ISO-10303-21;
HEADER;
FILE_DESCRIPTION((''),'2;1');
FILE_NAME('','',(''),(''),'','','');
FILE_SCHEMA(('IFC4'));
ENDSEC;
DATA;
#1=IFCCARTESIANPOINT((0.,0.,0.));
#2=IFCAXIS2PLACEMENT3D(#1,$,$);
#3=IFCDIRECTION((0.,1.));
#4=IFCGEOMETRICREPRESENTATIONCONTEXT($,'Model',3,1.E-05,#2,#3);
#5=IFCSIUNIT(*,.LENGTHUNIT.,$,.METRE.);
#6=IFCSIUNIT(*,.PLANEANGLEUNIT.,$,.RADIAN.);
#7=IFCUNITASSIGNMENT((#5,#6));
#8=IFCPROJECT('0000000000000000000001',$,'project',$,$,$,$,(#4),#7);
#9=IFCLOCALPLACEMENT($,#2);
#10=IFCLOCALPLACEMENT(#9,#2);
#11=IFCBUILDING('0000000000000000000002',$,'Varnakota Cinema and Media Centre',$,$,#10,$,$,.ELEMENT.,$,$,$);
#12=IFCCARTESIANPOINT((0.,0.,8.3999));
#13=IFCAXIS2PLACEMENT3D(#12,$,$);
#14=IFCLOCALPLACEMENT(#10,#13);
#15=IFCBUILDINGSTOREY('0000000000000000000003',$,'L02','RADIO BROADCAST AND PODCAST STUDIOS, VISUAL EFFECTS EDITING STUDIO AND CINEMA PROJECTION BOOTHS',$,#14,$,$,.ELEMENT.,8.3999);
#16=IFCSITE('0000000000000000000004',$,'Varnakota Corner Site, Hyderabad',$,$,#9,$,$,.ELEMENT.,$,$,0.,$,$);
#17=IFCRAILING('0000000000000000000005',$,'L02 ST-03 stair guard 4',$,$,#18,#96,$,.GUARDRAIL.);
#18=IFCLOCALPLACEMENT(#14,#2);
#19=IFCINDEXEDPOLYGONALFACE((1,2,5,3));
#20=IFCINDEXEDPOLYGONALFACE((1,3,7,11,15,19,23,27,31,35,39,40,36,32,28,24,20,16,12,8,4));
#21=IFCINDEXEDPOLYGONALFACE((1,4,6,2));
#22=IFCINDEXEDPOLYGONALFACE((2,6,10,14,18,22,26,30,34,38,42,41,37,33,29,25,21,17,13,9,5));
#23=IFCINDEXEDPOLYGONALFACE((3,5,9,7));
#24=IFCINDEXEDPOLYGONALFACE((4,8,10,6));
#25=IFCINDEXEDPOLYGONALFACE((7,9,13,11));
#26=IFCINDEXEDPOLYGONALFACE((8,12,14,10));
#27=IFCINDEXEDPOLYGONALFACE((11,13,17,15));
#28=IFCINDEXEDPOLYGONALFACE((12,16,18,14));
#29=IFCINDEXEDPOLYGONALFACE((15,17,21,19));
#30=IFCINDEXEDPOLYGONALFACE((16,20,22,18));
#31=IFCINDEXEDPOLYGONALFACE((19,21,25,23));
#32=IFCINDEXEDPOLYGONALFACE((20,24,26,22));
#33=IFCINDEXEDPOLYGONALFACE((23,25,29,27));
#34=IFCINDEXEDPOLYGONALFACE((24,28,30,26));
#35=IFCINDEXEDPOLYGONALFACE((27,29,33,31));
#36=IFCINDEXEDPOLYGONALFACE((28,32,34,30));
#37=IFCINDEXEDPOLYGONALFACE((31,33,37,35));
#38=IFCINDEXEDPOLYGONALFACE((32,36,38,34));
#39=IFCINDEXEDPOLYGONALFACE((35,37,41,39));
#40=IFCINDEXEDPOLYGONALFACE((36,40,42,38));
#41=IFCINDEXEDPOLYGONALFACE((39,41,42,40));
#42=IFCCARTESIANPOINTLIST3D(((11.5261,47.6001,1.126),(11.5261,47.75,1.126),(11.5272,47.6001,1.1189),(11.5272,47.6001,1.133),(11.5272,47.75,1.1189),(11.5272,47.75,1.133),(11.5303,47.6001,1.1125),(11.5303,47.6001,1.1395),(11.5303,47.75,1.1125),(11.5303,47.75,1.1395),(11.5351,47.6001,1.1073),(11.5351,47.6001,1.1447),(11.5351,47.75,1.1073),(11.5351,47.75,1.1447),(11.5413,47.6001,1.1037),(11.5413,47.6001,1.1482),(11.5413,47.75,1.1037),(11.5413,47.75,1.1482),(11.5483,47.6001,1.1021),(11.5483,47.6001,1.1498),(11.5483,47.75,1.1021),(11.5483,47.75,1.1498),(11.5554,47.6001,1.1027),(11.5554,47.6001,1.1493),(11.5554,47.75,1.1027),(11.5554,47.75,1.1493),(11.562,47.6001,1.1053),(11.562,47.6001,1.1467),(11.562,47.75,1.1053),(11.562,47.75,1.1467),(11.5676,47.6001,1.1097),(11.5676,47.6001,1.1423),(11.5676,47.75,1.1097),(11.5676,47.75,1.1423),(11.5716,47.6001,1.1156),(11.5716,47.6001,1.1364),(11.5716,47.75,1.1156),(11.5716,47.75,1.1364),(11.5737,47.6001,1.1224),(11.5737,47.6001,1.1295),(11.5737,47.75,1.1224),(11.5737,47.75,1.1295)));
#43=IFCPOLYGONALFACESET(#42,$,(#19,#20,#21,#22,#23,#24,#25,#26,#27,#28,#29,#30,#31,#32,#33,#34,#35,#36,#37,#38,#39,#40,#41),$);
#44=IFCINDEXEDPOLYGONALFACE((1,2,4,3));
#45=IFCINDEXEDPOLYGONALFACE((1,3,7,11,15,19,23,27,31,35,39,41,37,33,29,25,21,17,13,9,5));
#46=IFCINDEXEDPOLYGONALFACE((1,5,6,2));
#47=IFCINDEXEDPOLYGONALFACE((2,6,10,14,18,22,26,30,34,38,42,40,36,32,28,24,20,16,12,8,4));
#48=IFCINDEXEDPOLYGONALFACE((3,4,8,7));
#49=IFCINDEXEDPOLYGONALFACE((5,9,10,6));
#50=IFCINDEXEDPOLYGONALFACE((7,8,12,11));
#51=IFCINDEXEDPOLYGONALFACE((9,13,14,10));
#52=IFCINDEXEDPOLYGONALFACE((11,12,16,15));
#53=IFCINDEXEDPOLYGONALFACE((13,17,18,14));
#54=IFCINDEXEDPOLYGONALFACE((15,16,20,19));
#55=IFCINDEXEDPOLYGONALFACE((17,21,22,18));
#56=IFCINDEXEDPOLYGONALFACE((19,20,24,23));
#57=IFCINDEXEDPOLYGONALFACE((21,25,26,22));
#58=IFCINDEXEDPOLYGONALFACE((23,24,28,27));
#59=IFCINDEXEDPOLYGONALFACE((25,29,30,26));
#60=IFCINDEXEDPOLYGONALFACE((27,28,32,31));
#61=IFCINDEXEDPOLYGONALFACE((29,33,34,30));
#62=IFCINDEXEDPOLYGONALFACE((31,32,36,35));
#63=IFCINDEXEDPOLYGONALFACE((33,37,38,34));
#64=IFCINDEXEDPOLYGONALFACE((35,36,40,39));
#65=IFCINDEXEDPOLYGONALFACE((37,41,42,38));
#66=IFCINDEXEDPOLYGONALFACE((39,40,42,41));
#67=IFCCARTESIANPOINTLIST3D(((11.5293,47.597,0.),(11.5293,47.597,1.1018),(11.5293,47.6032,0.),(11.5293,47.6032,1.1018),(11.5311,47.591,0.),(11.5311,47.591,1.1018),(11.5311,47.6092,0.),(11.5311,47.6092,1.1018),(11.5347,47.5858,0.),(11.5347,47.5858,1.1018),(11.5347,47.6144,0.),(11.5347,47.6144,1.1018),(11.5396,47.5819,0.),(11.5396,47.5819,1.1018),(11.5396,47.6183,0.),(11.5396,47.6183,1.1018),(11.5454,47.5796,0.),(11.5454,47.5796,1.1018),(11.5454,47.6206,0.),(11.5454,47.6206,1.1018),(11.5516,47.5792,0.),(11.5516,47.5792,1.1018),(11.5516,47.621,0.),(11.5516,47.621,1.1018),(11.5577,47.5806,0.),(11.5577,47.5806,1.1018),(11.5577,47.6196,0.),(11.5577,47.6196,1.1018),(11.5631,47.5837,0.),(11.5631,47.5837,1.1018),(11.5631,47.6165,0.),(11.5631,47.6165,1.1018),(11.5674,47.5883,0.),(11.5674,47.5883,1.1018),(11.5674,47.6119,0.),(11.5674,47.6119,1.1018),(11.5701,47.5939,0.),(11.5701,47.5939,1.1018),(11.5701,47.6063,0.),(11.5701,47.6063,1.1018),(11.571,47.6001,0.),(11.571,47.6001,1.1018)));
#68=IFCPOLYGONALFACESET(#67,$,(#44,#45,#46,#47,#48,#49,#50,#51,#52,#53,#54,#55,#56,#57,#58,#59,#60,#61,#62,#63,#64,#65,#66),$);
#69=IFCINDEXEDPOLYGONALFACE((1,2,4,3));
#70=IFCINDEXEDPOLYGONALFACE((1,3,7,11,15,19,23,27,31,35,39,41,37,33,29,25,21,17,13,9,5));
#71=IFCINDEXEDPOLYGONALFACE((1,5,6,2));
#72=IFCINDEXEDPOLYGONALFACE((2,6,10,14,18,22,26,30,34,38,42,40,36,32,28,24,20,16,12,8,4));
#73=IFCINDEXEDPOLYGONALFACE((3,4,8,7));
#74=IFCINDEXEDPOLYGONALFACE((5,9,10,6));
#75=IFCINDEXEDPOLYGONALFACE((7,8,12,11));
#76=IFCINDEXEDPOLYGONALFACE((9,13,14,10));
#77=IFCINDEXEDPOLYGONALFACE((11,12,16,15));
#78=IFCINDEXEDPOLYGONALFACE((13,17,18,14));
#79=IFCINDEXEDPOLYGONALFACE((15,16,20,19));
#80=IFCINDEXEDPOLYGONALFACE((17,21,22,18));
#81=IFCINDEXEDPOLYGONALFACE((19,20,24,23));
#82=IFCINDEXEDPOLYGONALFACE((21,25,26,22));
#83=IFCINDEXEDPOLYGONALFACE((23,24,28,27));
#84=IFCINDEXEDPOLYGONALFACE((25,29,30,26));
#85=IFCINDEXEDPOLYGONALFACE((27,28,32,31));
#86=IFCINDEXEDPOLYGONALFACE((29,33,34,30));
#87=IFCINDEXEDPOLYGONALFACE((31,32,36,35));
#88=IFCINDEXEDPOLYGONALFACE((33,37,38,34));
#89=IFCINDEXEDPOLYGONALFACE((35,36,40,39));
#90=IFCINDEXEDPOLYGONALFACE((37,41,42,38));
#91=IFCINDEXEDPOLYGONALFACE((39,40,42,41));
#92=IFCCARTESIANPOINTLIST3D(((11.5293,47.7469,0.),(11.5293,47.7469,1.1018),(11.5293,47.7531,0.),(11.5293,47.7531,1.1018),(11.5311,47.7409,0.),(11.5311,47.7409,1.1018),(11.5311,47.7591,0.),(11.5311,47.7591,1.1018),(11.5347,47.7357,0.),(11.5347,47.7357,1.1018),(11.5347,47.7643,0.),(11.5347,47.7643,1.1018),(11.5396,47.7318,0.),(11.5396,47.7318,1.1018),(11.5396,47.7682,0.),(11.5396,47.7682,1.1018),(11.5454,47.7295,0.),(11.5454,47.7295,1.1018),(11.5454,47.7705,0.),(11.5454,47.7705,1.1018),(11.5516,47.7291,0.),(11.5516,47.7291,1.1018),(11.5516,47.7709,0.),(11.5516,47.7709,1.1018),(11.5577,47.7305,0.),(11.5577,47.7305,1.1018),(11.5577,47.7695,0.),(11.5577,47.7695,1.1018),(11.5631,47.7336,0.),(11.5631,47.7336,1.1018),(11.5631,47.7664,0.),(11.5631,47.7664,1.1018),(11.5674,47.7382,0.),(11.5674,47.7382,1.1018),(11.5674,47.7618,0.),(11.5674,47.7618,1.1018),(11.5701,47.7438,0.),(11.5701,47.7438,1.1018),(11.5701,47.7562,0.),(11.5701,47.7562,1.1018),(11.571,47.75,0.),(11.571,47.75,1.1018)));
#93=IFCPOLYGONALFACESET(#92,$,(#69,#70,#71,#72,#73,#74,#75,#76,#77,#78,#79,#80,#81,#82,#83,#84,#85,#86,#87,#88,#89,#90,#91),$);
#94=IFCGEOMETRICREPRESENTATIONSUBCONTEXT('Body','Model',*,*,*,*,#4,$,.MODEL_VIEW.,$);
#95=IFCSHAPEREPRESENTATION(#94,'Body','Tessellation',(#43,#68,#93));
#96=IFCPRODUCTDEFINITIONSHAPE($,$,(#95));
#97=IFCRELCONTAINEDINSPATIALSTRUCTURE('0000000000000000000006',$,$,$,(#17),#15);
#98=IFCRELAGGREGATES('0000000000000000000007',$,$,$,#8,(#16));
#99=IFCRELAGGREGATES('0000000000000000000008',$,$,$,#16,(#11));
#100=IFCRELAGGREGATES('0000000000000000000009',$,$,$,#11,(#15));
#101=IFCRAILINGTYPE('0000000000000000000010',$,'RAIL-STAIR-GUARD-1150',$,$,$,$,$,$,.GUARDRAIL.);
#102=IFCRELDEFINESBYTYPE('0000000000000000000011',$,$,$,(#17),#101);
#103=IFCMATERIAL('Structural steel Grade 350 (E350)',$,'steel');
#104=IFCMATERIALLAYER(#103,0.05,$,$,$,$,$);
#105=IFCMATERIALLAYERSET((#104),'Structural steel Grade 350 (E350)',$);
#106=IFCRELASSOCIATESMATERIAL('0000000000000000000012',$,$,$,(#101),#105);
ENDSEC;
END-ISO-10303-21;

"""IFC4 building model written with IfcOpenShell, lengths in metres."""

from ifc_helpers import new_model, si_unit, direction, frame, origin, origin_2d, place, context, subcontext, project, spatial, circle, extrude, material, layer, layer_set, type_object, element, save


model = new_model("IFC4")

# Units and contexts
model_context = context("Model", 3, precision=1e-05, world=origin(), true_north=direction((0.0, 1.0)))
body_context = subcontext(model_context, "Body", "Model", "MODEL_VIEW")
ifc_project = project(units=[si_unit("LENGTHUNIT", "METRE"), si_unit("PLANEANGLEUNIT", "RADIAN")], contexts=[model_context])

# Site, building, storey
site_placement = place(None, origin())
site = spatial("IfcSite", under=ifc_project, at=site_placement, Name="Varnakota Corner Site, Hyderabad", CompositionType="ELEMENT", RefElevation=0.0)
building_placement = place(site_placement, origin())
building = spatial("IfcBuilding", under=site, at=building_placement, Name="Varnakota Cinema and Media Centre", CompositionType="ELEMENT")
storey_placement = place(building_placement, frame((0.0, 0.0, 8.3999)))
storey = spatial("IfcBuildingStorey", under=building, at=storey_placement, Name="L02", Description="RADIO BROADCAST AND PODCAST STUDIOS, VISUAL EFFECTS EDITING STUDIO AND CINEMA PROJECTION BOOTHS", CompositionType="ELEMENT", Elevation=8.3999)

# Railing
ifc_material_1 = material(Name="Structural steel Grade 350 (E350)", Category="steel")
ifc_layer_1 = layer(ifc_material_1, 0.05)
ifc_layer_set_1 = layer_set([ifc_layer_1], Name="Structural steel Grade 350 (E350)")
railing_type_1 = type_object("IfcRailingType", Name="RAIL-STAIR-GUARD-1150", PredefinedType="GUARDRAIL", material=ifc_layer_set_1)
railing_1_placement = place(storey_placement, frame((11.55, 47.6001, 0.0)))
element("IfcRailing", 1, at=railing_1_placement, inside=storey, type_object=railing_type_1, Name="L02 ST-03 stair guard 4", PredefinedType="GUARDRAIL", context=body_context, shape_type="SweptSolid", body=[
    extrude(circle(Radius=0.0239, at=origin_2d()), frame((0.0, 0.0, 1.126), z_axis=(0.0, 1.0, 0.0), x_axis=(-1.0, 0.0, 0.0)), (0.0, 0.0, 1.0), 0.1499),
    extrude(circle(Radius=0.021, at=origin_2d()), origin(), (0.0, 0.0, 1.0), 1.1018),
    extrude(circle(Radius=0.021, at=origin_2d()), frame((0.0, 0.1499, 0.0)), (0.0, 0.0, 1.0), 1.1018),
])

save(model, "model.ifc")
